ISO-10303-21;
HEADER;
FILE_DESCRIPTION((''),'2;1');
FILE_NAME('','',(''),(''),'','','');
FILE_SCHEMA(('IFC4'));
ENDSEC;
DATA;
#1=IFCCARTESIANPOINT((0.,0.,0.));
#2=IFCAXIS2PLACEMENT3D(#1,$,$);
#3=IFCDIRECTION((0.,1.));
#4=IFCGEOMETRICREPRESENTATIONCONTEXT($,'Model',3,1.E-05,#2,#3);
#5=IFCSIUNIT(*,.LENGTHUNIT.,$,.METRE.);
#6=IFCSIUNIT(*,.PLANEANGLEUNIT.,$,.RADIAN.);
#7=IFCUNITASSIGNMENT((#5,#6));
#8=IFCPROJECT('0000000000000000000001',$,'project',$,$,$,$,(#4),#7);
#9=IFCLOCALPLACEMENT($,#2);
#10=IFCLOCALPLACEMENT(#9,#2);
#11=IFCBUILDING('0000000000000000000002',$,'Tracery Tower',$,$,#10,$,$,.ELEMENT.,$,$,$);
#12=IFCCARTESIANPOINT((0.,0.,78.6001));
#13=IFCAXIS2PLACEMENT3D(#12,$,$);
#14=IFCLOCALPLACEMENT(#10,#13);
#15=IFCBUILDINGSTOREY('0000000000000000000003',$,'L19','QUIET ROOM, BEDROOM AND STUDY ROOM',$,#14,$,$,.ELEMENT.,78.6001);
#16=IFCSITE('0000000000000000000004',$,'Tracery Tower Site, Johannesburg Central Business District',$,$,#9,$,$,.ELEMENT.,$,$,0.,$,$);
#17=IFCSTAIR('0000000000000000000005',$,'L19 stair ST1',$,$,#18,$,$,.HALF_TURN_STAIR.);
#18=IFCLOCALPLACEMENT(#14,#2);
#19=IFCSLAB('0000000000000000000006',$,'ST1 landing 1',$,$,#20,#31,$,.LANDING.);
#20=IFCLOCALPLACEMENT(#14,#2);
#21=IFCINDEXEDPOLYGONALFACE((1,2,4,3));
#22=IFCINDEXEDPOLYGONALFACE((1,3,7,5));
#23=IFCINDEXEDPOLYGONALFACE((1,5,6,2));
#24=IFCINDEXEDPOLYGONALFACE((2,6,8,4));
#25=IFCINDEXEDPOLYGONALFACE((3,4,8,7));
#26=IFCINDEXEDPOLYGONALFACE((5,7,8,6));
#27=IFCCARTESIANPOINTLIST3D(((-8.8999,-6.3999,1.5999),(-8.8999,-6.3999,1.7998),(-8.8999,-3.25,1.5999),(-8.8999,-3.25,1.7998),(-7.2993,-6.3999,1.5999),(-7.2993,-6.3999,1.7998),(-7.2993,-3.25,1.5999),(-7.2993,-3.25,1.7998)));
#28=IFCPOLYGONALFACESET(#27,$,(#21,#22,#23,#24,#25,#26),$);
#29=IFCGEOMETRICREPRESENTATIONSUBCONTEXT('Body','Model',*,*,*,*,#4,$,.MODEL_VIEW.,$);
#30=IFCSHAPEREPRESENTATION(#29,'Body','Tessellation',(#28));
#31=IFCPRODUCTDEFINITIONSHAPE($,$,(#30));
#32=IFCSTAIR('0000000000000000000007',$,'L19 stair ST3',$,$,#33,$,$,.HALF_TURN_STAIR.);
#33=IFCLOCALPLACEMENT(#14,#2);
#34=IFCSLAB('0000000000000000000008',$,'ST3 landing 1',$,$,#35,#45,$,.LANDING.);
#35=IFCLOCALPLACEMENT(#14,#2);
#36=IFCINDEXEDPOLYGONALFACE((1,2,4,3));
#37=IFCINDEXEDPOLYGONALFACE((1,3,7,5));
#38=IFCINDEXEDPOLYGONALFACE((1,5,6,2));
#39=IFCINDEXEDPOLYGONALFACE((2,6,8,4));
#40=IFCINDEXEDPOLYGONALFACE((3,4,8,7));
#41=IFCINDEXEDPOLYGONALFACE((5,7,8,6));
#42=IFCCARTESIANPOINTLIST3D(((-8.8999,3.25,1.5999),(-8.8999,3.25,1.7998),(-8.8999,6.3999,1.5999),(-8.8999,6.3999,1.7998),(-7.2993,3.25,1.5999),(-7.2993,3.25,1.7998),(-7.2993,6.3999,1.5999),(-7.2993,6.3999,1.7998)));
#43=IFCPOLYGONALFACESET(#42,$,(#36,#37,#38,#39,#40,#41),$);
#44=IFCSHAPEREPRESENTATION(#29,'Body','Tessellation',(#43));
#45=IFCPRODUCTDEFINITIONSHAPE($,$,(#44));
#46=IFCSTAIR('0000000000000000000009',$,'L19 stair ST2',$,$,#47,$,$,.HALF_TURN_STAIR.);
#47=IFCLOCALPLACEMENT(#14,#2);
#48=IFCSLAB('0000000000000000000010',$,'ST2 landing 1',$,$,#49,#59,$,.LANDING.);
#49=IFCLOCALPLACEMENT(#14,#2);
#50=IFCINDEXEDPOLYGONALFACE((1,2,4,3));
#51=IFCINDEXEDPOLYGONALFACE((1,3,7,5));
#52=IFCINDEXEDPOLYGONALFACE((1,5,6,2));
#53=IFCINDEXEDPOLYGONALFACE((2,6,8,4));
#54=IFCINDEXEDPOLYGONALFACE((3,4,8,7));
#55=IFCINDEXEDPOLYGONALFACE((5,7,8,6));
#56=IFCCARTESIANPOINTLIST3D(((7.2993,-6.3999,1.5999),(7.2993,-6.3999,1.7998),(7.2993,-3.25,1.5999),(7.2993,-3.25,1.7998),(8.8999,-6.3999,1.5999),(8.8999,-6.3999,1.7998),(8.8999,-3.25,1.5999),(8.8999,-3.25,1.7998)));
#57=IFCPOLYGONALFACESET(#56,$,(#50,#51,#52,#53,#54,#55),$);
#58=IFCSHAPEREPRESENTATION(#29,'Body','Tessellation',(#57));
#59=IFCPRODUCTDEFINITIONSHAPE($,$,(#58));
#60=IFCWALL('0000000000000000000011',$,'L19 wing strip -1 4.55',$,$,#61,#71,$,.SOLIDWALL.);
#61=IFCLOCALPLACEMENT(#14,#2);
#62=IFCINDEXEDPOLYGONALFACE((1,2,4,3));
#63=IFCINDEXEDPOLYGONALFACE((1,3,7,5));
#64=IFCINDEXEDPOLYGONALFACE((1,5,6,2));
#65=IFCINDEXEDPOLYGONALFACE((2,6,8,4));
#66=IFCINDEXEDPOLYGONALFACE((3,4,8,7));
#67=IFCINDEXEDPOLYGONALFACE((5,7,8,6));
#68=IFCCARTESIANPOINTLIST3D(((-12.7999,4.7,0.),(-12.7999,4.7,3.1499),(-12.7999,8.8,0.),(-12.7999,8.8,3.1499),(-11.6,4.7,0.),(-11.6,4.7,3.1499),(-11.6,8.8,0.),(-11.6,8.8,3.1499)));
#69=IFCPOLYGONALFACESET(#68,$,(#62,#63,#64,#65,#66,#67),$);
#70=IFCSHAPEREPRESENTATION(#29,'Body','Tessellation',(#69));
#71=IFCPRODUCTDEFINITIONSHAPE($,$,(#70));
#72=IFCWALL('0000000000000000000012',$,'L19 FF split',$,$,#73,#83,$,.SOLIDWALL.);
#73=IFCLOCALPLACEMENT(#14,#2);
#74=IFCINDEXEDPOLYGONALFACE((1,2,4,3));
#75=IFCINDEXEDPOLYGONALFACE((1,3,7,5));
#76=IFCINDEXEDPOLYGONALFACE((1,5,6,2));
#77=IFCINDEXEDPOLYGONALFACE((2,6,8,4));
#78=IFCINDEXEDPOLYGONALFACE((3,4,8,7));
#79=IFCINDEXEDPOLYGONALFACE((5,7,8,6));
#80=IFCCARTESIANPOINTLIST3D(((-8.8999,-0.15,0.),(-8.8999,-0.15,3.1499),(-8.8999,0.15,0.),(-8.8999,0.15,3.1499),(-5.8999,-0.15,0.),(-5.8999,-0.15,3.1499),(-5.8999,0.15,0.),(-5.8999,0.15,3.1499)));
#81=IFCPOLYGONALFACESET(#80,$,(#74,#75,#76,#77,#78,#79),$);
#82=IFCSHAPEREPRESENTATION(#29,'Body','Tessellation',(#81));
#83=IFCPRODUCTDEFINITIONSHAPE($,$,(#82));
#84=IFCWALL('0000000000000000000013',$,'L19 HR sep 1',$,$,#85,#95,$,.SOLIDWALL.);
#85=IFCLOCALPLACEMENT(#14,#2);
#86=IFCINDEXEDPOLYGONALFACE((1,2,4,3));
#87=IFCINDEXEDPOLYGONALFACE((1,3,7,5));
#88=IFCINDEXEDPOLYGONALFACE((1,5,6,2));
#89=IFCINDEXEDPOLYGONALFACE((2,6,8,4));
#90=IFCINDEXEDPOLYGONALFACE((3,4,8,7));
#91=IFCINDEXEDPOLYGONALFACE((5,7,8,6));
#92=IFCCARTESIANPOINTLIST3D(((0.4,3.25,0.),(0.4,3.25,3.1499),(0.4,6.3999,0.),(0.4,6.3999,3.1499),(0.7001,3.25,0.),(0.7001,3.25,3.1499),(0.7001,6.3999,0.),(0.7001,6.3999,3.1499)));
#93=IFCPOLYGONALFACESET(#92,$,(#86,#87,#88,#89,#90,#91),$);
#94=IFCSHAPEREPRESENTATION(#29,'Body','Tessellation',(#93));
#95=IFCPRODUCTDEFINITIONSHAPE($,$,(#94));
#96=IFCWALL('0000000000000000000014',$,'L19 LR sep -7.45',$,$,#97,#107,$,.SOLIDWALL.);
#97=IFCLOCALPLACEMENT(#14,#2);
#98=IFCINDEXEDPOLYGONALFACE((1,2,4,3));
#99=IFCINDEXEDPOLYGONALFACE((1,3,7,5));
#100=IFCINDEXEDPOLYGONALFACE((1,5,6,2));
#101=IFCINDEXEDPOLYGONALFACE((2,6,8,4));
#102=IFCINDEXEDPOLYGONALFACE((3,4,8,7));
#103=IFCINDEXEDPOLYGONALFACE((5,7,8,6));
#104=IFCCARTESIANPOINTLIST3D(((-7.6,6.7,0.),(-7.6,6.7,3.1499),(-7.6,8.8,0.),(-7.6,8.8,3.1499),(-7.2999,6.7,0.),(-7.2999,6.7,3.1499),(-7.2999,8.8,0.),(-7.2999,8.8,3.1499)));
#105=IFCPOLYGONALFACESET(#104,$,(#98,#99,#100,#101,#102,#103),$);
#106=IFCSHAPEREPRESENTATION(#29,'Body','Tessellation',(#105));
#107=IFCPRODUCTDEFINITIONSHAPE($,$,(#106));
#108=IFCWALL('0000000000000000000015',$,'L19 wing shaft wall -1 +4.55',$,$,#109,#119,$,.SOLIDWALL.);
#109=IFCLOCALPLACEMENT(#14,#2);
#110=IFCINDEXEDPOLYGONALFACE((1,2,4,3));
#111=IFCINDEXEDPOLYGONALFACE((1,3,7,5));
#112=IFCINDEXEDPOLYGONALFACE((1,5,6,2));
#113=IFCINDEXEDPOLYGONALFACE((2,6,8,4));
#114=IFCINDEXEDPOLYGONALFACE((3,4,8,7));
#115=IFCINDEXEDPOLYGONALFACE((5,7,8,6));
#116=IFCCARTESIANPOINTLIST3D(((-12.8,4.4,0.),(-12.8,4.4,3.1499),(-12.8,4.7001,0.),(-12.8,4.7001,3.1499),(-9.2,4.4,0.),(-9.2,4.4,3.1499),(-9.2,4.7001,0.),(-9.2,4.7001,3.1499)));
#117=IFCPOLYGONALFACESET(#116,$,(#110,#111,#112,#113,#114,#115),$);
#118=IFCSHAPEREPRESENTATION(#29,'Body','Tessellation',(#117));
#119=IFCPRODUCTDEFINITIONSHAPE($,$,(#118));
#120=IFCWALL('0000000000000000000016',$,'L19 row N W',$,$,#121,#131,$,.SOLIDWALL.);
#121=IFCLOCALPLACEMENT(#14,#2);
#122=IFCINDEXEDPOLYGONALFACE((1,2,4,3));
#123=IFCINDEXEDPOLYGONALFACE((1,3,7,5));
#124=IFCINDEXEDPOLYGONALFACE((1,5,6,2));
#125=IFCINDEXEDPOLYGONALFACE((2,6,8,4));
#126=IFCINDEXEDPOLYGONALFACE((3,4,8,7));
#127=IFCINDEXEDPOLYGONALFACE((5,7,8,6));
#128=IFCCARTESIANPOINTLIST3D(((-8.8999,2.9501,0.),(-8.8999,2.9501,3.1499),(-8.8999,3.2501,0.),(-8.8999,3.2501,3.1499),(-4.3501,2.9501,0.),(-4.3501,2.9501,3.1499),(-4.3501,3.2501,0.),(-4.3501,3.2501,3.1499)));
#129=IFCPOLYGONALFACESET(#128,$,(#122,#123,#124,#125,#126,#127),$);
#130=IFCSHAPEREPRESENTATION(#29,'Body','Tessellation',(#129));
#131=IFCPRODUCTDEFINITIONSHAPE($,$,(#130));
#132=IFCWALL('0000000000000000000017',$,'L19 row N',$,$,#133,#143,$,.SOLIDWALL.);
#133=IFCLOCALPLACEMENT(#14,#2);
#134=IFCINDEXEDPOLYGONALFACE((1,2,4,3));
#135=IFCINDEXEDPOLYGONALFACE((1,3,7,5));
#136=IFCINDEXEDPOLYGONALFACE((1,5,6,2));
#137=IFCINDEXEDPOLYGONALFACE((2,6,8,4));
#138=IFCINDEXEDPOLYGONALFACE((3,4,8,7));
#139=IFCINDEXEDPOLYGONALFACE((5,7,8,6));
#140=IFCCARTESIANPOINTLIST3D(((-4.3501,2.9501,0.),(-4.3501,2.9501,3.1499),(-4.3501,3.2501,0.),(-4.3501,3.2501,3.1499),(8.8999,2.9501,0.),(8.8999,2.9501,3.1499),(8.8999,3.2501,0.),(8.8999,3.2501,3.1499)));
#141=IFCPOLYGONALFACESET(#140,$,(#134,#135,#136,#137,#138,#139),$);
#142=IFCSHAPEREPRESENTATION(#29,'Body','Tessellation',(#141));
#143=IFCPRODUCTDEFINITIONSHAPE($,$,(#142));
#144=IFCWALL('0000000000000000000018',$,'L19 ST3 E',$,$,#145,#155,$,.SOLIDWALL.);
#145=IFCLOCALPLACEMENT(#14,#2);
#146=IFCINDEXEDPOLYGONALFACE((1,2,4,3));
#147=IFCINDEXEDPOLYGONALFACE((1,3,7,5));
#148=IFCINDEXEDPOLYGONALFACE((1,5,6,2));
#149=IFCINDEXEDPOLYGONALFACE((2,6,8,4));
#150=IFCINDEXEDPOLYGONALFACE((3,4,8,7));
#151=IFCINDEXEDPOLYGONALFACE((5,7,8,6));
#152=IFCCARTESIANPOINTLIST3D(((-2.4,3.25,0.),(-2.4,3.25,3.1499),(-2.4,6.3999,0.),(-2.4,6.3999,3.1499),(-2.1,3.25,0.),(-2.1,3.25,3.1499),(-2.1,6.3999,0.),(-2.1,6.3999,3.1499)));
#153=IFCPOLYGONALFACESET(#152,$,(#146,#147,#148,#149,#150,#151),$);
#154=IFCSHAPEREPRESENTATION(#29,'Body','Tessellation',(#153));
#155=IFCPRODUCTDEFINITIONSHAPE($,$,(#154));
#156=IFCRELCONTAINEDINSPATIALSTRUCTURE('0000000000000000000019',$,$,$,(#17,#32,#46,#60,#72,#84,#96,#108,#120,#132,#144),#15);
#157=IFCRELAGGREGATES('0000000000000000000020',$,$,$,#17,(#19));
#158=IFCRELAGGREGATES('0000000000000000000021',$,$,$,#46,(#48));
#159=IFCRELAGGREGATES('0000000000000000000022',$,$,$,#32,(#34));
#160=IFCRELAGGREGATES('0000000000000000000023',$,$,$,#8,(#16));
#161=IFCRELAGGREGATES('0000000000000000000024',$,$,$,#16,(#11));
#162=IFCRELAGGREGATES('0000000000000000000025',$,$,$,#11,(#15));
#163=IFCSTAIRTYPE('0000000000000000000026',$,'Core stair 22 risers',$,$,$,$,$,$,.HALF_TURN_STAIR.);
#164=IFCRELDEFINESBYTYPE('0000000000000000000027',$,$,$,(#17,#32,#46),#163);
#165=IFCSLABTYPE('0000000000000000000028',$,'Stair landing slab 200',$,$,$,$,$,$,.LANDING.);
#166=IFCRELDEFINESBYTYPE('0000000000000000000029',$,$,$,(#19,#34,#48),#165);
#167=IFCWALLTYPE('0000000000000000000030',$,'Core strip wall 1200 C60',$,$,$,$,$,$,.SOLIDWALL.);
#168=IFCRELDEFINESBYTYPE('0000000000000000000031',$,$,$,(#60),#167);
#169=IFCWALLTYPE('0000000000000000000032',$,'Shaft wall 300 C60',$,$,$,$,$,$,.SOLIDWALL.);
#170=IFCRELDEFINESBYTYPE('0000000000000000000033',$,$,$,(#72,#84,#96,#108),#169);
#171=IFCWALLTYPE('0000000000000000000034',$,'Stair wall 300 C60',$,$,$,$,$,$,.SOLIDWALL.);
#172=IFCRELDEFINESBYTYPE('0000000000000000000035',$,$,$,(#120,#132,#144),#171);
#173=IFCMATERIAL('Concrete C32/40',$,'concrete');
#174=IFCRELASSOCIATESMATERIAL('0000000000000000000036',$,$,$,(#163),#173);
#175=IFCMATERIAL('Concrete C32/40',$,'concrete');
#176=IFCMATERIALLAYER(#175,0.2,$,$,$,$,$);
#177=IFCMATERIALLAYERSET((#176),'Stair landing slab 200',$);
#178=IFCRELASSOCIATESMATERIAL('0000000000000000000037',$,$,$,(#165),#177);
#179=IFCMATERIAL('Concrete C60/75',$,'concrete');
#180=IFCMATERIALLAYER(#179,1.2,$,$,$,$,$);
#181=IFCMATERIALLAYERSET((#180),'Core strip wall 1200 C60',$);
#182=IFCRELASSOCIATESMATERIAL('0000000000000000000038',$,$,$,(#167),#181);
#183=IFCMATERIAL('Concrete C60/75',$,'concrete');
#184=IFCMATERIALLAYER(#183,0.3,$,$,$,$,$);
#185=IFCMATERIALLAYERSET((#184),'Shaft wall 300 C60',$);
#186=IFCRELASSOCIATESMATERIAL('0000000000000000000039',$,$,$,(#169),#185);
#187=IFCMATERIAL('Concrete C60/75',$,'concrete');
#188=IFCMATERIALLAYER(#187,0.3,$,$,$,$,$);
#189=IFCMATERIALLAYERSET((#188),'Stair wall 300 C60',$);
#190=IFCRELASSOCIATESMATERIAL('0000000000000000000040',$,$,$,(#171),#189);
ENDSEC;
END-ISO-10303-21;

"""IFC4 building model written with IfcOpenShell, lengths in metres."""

from ifc_helpers import new_model, si_unit, direction, frame, frame_2d, origin, place, context, subcontext, project, spatial, polyline, rectangle, outline, extrude, material, layer, layer_set, type_object, element, aggregate, save


model = new_model("IFC4")

# Units and contexts
model_context = context("Model", 3, precision=1e-05, world=origin(), true_north=direction((0.0, 1.0)))
body_context = subcontext(model_context, "Body", "Model", "MODEL_VIEW")
ifc_project = project(units=[si_unit("LENGTHUNIT", "METRE"), si_unit("PLANEANGLEUNIT", "RADIAN")], contexts=[model_context])

# Site, building, storey
site_placement = place(None, origin())
site = spatial("IfcSite", under=ifc_project, at=site_placement, Name="Tracery Tower Site, Johannesburg Central Business District", CompositionType="ELEMENT", RefElevation=0.0)
building_placement = place(site_placement, origin())
building = spatial("IfcBuilding", under=site, at=building_placement, Name="Tracery Tower", CompositionType="ELEMENT")
storey_placement = place(building_placement, frame((0.0, 0.0, 78.6001)))
storey = spatial("IfcBuildingStorey", under=building, at=storey_placement, Name="L19", Description="QUIET ROOM, BEDROOM AND STUDY ROOM", CompositionType="ELEMENT", Elevation=78.6001)

# Stairs, slabs
ifc_material_1 = material(Name="Concrete C32/40", Category="concrete")
stair_type = type_object("IfcStairType", Name="Core stair 22 risers", PredefinedType="HALF_TURN_STAIR", material=ifc_material_1)
stair_1_placement = place(storey_placement, origin())
stair_1 = element("IfcStair", 1, at=stair_1_placement, inside=storey, type_object=stair_type, Name="L19 stair ST1", PredefinedType="HALF_TURN_STAIR")
ifc_material_2 = material(Name="Concrete C32/40", Category="concrete")
ifc_layer_1 = layer(ifc_material_2, 0.2)
ifc_layer_set_1 = layer_set([ifc_layer_1], Name="Stair landing slab 200")
slab_type_1 = type_object("IfcSlabType", Name="Stair landing slab 200", PredefinedType="LANDING", material=ifc_layer_set_1)
slab_1_placement = place(storey_placement, frame((0.0, 0.0, 1.5999)))
slab_1 = element("IfcSlab", 2, at=slab_1_placement, type_object=slab_type_1, Name="ST1 landing 1", PredefinedType="LANDING", context=body_context, shape_type="SweptSolid", body=[
    extrude(outline(polyline([(-7.2993, -3.25), (-8.8999, -3.25), (-8.8999, -6.3999), (-7.2993, -6.3999), (-7.2993, -3.25)])), origin(), (0.0, 0.0, 1.0), 0.2),
])
aggregate(stair_1, [slab_1])
stair_2_placement = place(storey_placement, origin())
stair_2 = element("IfcStair", 3, at=stair_2_placement, inside=storey, type_object=stair_type, Name="L19 stair ST3", PredefinedType="HALF_TURN_STAIR")
slab_2_placement = place(storey_placement, frame((0.0, 0.0, 1.5999)))
slab_2 = element("IfcSlab", 4, at=slab_2_placement, type_object=slab_type_1, Name="ST3 landing 1", PredefinedType="LANDING", context=body_context, shape_type="SweptSolid", body=[
    extrude(outline(polyline([(-7.2993, 6.3999), (-8.8999, 6.3999), (-8.8999, 3.25), (-7.2993, 3.25), (-7.2993, 6.3999)])), origin(), (0.0, 0.0, 1.0), 0.2),
])
stair_3_placement = place(storey_placement, origin())
stair_3 = element("IfcStair", 5, at=stair_3_placement, inside=storey, type_object=stair_type, Name="L19 stair ST2", PredefinedType="HALF_TURN_STAIR")
slab_3_placement = place(storey_placement, frame((0.0, 0.0, 1.5999)))
slab_3 = element("IfcSlab", 6, at=slab_3_placement, type_object=slab_type_1, Name="ST2 landing 1", PredefinedType="LANDING", context=body_context, shape_type="SweptSolid", body=[
    extrude(outline(polyline([(7.2993, -6.3999), (8.8999, -6.3999), (8.8999, -3.25), (7.2993, -3.25), (7.2993, -6.3999)])), origin(), (0.0, 0.0, 1.0), 0.2),
])
aggregate(stair_3, [slab_3])

# Walls
ifc_material_3 = material(Name="Concrete C60/75", Category="concrete")
ifc_layer_2 = layer(ifc_material_3, 1.2)
ifc_layer_set_2 = layer_set([ifc_layer_2], Name="Core strip wall 1200 C60")
wall_type_1 = type_object("IfcWallType", Name="Core strip wall 1200 C60", PredefinedType="SOLIDWALL", material=ifc_layer_set_2)
wall_1_placement = place(storey_placement, frame((-12.2, 4.7, 0.0), z_axis=(0.0, 0.0, 1.0), x_axis=(0.0, 1.0, 0.0)))
element("IfcWall", 7, at=wall_1_placement, inside=storey, type_object=wall_type_1, Name="L19 wing strip -1 4.55", PredefinedType="SOLIDWALL", context=body_context, shape_type="SweptSolid", body=[
    extrude(rectangle(XDim=4.1001, YDim=1.2, at=frame_2d((2.05, 0.0))), origin(), (0.0, 0.0, 1.0), 3.1499),
])
ifc_material_4 = material(Name="Concrete C60/75", Category="concrete")
ifc_layer_3 = layer(ifc_material_4, 0.3)
ifc_layer_set_3 = layer_set([ifc_layer_3], Name="Shaft wall 300 C60")
wall_type_2 = type_object("IfcWallType", Name="Shaft wall 300 C60", PredefinedType="SOLIDWALL", material=ifc_layer_set_3)
wall_2_placement = place(storey_placement, frame((-8.8999, 0.0, 0.0), z_axis=(0.0, 0.0, 1.0), x_axis=(1.0, 0.0, 0.0)))
element("IfcWall", 8, at=wall_2_placement, inside=storey, type_object=wall_type_2, Name="L19 FF split", PredefinedType="SOLIDWALL", context=body_context, shape_type="SweptSolid", body=[
    extrude(rectangle(XDim=3.0, YDim=0.3, at=frame_2d((1.5, 0.0))), origin(), (0.0, 0.0, 1.0), 3.1499),
])
wall_3_placement = place(storey_placement, frame((0.55, 3.25, 0.0), z_axis=(0.0, 0.0, 1.0), x_axis=(0.0, 1.0, 0.0)))
element("IfcWall", 9, at=wall_3_placement, inside=storey, type_object=wall_type_2, Name="L19 HR sep 1", PredefinedType="SOLIDWALL", context=body_context, shape_type="SweptSolid", body=[
    extrude(rectangle(XDim=3.1499, YDim=0.3, at=frame_2d((1.575, 0.0))), origin(), (0.0, 0.0, 1.0), 3.1499),
])
wall_4_placement = place(storey_placement, frame((-7.45, 6.7, 0.0), z_axis=(0.0, 0.0, 1.0), x_axis=(0.0, 1.0, 0.0)))
element("IfcWall", 10, at=wall_4_placement, inside=storey, type_object=wall_type_2, Name="L19 LR sep -7.45", PredefinedType="SOLIDWALL", context=body_context, shape_type="SweptSolid", body=[
    extrude(rectangle(XDim=2.1001, YDim=0.3, at=frame_2d((1.05, 0.0))), origin(), (0.0, 0.0, 1.0), 3.1499),
])

# Wall
wall_5_placement = place(storey_placement, frame((-12.8, 4.55, 0.0), z_axis=(0.0, 0.0, 1.0), x_axis=(1.0, 0.0, 0.0)))
element("IfcWall", 11, at=wall_5_placement, inside=storey, type_object=wall_type_2, Name="L19 wing shaft wall -1 +4.55", PredefinedType="SOLIDWALL", context=body_context, shape_type="SweptSolid", body=[
    extrude(rectangle(XDim=3.6001, YDim=0.3, at=frame_2d((1.8, 0.0))), origin(), (0.0, 0.0, 1.0), 3.1499),
])

# Walls
ifc_material_5 = material(Name="Concrete C60/75", Category="concrete")
ifc_layer_4 = layer(ifc_material_5, 0.3)
ifc_layer_set_4 = layer_set([ifc_layer_4], Name="Stair wall 300 C60")
wall_type_3 = type_object("IfcWallType", Name="Stair wall 300 C60", PredefinedType="SOLIDWALL", material=ifc_layer_set_4)
wall_6_placement = place(storey_placement, frame((-8.8999, 3.1001, 0.0), z_axis=(0.0, 0.0, 1.0), x_axis=(1.0, 0.0, 0.0)))
element("IfcWall", 12, at=wall_6_placement, inside=storey, type_object=wall_type_3, Name="L19 row N W", PredefinedType="SOLIDWALL", context=body_context, shape_type="SweptSolid", body=[
    extrude(rectangle(XDim=4.5498, YDim=0.3, at=frame_2d((2.2749, 0.0))), origin(), (0.0, 0.0, 1.0), 3.1499),
])
wall_7_placement = place(storey_placement, frame((-4.3501, 3.1001, 0.0), z_axis=(0.0, 0.0, 1.0), x_axis=(1.0, 0.0, 0.0)))
element("IfcWall", 13, at=wall_7_placement, inside=storey, type_object=wall_type_3, Name="L19 row N", PredefinedType="SOLIDWALL", context=body_context, shape_type="SweptSolid", body=[
    extrude(rectangle(XDim=13.25, YDim=0.3, at=frame_2d((6.625, 0.0))), origin(), (0.0, 0.0, 1.0), 3.1499),
])
wall_8_placement = place(storey_placement, frame((-2.25, 3.25, 0.0), z_axis=(0.0, 0.0, 1.0), x_axis=(0.0, 1.0, 0.0)))
element("IfcWall", 14, at=wall_8_placement, inside=storey, type_object=wall_type_3, Name="L19 ST3 E", PredefinedType="SOLIDWALL", context=body_context, shape_type="SweptSolid", body=[
    extrude(rectangle(XDim=3.1499, YDim=0.3, at=frame_2d((1.575, 0.0))), origin(), (0.0, 0.0, 1.0), 3.1499),
])

aggregate(stair_2, [slab_2])

save(model, "model.ifc")
